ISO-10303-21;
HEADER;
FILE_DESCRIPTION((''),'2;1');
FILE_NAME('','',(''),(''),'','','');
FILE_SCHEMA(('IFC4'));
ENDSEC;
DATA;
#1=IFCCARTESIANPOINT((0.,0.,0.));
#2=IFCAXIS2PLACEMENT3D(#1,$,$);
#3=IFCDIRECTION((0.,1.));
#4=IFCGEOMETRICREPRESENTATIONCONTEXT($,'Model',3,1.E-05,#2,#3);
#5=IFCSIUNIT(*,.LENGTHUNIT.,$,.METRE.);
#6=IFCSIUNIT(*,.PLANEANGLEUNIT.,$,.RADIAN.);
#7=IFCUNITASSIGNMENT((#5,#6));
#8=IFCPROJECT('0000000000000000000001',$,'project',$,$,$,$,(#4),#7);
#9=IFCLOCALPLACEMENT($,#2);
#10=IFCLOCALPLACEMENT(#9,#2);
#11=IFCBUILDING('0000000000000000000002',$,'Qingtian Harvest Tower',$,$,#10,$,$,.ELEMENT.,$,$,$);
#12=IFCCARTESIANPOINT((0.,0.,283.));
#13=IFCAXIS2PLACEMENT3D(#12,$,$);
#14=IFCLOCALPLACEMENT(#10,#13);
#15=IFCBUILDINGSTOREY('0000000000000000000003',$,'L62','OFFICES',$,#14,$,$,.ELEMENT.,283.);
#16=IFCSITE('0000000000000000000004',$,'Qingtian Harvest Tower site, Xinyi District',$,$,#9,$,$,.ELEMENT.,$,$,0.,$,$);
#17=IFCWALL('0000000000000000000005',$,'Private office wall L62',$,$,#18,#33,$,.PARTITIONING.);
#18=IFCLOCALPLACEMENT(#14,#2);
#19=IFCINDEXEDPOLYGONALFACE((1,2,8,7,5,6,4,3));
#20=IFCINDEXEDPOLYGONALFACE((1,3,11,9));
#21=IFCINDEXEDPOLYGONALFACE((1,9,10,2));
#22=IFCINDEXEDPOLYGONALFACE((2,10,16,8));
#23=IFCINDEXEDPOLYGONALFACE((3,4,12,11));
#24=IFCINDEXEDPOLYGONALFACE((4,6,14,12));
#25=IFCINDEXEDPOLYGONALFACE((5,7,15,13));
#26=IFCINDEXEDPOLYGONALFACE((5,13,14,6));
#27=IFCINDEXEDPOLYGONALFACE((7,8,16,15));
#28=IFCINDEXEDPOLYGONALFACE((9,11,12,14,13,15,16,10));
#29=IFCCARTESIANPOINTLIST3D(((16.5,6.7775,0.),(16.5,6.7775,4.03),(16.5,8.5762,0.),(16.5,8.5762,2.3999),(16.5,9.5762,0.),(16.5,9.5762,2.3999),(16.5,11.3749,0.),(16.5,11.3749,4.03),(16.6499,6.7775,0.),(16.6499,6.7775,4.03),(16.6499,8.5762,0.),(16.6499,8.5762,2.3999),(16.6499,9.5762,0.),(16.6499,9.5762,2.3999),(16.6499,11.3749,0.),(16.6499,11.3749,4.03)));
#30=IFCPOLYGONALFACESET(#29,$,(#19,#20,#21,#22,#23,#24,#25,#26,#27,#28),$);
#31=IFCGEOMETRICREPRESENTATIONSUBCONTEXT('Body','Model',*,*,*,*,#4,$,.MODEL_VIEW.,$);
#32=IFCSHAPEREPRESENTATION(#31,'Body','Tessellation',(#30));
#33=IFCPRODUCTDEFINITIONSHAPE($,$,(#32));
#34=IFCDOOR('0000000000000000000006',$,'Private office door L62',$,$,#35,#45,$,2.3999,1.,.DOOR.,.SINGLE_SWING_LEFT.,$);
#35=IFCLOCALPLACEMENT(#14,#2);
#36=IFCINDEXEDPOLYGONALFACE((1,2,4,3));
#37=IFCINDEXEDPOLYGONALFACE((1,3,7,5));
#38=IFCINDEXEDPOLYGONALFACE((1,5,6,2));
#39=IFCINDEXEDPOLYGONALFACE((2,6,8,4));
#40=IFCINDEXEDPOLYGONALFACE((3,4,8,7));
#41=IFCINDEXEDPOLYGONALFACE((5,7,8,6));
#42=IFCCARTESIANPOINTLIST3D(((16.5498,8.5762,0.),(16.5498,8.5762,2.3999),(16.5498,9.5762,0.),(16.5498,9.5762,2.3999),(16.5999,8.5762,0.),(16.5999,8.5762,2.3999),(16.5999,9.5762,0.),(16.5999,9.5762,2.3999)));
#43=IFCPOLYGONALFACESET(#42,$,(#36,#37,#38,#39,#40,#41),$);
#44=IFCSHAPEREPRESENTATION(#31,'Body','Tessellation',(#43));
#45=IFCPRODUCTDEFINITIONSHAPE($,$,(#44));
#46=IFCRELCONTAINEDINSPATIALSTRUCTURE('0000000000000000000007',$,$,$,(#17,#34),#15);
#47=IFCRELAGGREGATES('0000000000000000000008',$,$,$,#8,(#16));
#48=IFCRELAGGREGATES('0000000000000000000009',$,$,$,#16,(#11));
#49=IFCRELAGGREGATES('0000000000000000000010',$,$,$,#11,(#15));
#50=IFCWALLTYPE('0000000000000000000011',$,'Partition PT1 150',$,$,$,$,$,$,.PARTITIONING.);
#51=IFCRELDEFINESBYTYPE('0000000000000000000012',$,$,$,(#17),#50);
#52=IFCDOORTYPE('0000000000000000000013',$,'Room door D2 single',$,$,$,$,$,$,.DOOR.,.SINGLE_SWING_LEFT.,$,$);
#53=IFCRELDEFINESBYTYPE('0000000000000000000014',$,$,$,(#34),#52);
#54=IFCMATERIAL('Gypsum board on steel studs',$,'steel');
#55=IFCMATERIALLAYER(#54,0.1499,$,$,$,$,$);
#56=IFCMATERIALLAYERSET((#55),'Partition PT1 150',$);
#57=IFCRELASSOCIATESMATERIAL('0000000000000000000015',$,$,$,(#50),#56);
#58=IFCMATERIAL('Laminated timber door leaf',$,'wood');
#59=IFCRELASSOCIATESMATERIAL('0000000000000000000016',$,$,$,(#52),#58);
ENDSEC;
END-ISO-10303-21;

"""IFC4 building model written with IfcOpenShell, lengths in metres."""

from ifc_helpers import new_model, si_unit, direction, frame, frame_2d, origin, place, context, subcontext, project, spatial, rectangle, extrude, material, layer, layer_set, type_object, element, fill, save


model = new_model("IFC4")

# Units and contexts
model_context = context("Model", 3, precision=1e-05, world=origin(), true_north=direction((0.0, 1.0)))
body_context = subcontext(model_context, "Body", "Model", "MODEL_VIEW")
ifc_project = project(units=[si_unit("LENGTHUNIT", "METRE"), si_unit("PLANEANGLEUNIT", "RADIAN")], contexts=[model_context])

# Site, building, storey
site_placement = place(None, origin())
site = spatial("IfcSite", under=ifc_project, at=site_placement, Name="Qingtian Harvest Tower site, Xinyi District", CompositionType="ELEMENT", RefElevation=0.0)
building_placement = place(site_placement, origin())
building = spatial("IfcBuilding", under=site, at=building_placement, Name="Qingtian Harvest Tower", CompositionType="ELEMENT")
storey_placement = place(building_placement, frame((0.0, 0.0, 283.0)))
storey = spatial("IfcBuildingStorey", under=building, at=storey_placement, Name="L62", Description="OFFICES", CompositionType="ELEMENT", Elevation=283.0)

# Shared definitions
ifc_material_1 = material(Name="Gypsum board on steel studs", Category="steel")
ifc_layer_1 = layer(ifc_material_1, 0.1499)
ifc_layer_set_1 = layer_set([ifc_layer_1], Name="Partition PT1 150")
wall_type = type_object("IfcWallType", Name="Partition PT1 150", PredefinedType="PARTITIONING", material=ifc_layer_set_1)

# Wall, opening, door
wall_1_placement = place(storey_placement, frame((16.575, 11.375, 0.0), z_axis=(0.0, 0.0, 1.0), x_axis=(0.0, -1.0, 0.0)))
wall_1 = element("IfcWall", 1, at=wall_1_placement, inside=storey, type_object=wall_type, Name="Private office wall L62", PredefinedType="PARTITIONING", context=body_context, shape_type="SweptSolid", body=[
    extrude(rectangle(XDim=4.5974, YDim=0.1499, at=frame_2d((2.2988, 0.0))), origin(), (0.0, 0.0, 1.0), 4.03),
])
opening_placement = place(wall_1_placement, frame((1.7988, 0.0, 0.0)))
opening = element("IfcOpeningElement", 2, at=opening_placement, cuts=wall_1, PredefinedType="OPENING", context=body_context, shape_type="SweptSolid", body=[
    extrude(rectangle(XDim=1.0, YDim=2.3999, at=frame_2d((0.5, 1.2))), frame((0.0, 0.085, 0.0), z_axis=(0.0, -1.0, 0.0), x_axis=(1.0, 0.0, 0.0)), (0.0, 0.0, 1.0), 0.1699),
])
ifc_material_2 = material(Name="Laminated timber door leaf", Category="wood")
door_type = type_object("IfcDoorType", Name="Room door D2 single", OperationType="SINGLE_SWING_LEFT", PredefinedType="DOOR", material=ifc_material_2)
door_placement = place(opening_placement, origin())
door = element("IfcDoor", 3, at=door_placement, inside=storey, type_object=door_type, Name="Private office door L62", OperationType="SINGLE_SWING_LEFT", OverallHeight=2.3999, OverallWidth=1.0, PredefinedType="DOOR", context=body_context, shape_type="SweptSolid", body=[
    extrude(rectangle(XDim=1.0, YDim=2.3999, at=frame_2d((0.5, 1.2))), frame((0.0, 0.0249, 0.0), z_axis=(0.0, -1.0, 0.0), x_axis=(1.0, 0.0, 0.0)), (0.0, 0.0, 1.0), 0.05),
])
fill(opening, door)

save(model, "model.ifc")
